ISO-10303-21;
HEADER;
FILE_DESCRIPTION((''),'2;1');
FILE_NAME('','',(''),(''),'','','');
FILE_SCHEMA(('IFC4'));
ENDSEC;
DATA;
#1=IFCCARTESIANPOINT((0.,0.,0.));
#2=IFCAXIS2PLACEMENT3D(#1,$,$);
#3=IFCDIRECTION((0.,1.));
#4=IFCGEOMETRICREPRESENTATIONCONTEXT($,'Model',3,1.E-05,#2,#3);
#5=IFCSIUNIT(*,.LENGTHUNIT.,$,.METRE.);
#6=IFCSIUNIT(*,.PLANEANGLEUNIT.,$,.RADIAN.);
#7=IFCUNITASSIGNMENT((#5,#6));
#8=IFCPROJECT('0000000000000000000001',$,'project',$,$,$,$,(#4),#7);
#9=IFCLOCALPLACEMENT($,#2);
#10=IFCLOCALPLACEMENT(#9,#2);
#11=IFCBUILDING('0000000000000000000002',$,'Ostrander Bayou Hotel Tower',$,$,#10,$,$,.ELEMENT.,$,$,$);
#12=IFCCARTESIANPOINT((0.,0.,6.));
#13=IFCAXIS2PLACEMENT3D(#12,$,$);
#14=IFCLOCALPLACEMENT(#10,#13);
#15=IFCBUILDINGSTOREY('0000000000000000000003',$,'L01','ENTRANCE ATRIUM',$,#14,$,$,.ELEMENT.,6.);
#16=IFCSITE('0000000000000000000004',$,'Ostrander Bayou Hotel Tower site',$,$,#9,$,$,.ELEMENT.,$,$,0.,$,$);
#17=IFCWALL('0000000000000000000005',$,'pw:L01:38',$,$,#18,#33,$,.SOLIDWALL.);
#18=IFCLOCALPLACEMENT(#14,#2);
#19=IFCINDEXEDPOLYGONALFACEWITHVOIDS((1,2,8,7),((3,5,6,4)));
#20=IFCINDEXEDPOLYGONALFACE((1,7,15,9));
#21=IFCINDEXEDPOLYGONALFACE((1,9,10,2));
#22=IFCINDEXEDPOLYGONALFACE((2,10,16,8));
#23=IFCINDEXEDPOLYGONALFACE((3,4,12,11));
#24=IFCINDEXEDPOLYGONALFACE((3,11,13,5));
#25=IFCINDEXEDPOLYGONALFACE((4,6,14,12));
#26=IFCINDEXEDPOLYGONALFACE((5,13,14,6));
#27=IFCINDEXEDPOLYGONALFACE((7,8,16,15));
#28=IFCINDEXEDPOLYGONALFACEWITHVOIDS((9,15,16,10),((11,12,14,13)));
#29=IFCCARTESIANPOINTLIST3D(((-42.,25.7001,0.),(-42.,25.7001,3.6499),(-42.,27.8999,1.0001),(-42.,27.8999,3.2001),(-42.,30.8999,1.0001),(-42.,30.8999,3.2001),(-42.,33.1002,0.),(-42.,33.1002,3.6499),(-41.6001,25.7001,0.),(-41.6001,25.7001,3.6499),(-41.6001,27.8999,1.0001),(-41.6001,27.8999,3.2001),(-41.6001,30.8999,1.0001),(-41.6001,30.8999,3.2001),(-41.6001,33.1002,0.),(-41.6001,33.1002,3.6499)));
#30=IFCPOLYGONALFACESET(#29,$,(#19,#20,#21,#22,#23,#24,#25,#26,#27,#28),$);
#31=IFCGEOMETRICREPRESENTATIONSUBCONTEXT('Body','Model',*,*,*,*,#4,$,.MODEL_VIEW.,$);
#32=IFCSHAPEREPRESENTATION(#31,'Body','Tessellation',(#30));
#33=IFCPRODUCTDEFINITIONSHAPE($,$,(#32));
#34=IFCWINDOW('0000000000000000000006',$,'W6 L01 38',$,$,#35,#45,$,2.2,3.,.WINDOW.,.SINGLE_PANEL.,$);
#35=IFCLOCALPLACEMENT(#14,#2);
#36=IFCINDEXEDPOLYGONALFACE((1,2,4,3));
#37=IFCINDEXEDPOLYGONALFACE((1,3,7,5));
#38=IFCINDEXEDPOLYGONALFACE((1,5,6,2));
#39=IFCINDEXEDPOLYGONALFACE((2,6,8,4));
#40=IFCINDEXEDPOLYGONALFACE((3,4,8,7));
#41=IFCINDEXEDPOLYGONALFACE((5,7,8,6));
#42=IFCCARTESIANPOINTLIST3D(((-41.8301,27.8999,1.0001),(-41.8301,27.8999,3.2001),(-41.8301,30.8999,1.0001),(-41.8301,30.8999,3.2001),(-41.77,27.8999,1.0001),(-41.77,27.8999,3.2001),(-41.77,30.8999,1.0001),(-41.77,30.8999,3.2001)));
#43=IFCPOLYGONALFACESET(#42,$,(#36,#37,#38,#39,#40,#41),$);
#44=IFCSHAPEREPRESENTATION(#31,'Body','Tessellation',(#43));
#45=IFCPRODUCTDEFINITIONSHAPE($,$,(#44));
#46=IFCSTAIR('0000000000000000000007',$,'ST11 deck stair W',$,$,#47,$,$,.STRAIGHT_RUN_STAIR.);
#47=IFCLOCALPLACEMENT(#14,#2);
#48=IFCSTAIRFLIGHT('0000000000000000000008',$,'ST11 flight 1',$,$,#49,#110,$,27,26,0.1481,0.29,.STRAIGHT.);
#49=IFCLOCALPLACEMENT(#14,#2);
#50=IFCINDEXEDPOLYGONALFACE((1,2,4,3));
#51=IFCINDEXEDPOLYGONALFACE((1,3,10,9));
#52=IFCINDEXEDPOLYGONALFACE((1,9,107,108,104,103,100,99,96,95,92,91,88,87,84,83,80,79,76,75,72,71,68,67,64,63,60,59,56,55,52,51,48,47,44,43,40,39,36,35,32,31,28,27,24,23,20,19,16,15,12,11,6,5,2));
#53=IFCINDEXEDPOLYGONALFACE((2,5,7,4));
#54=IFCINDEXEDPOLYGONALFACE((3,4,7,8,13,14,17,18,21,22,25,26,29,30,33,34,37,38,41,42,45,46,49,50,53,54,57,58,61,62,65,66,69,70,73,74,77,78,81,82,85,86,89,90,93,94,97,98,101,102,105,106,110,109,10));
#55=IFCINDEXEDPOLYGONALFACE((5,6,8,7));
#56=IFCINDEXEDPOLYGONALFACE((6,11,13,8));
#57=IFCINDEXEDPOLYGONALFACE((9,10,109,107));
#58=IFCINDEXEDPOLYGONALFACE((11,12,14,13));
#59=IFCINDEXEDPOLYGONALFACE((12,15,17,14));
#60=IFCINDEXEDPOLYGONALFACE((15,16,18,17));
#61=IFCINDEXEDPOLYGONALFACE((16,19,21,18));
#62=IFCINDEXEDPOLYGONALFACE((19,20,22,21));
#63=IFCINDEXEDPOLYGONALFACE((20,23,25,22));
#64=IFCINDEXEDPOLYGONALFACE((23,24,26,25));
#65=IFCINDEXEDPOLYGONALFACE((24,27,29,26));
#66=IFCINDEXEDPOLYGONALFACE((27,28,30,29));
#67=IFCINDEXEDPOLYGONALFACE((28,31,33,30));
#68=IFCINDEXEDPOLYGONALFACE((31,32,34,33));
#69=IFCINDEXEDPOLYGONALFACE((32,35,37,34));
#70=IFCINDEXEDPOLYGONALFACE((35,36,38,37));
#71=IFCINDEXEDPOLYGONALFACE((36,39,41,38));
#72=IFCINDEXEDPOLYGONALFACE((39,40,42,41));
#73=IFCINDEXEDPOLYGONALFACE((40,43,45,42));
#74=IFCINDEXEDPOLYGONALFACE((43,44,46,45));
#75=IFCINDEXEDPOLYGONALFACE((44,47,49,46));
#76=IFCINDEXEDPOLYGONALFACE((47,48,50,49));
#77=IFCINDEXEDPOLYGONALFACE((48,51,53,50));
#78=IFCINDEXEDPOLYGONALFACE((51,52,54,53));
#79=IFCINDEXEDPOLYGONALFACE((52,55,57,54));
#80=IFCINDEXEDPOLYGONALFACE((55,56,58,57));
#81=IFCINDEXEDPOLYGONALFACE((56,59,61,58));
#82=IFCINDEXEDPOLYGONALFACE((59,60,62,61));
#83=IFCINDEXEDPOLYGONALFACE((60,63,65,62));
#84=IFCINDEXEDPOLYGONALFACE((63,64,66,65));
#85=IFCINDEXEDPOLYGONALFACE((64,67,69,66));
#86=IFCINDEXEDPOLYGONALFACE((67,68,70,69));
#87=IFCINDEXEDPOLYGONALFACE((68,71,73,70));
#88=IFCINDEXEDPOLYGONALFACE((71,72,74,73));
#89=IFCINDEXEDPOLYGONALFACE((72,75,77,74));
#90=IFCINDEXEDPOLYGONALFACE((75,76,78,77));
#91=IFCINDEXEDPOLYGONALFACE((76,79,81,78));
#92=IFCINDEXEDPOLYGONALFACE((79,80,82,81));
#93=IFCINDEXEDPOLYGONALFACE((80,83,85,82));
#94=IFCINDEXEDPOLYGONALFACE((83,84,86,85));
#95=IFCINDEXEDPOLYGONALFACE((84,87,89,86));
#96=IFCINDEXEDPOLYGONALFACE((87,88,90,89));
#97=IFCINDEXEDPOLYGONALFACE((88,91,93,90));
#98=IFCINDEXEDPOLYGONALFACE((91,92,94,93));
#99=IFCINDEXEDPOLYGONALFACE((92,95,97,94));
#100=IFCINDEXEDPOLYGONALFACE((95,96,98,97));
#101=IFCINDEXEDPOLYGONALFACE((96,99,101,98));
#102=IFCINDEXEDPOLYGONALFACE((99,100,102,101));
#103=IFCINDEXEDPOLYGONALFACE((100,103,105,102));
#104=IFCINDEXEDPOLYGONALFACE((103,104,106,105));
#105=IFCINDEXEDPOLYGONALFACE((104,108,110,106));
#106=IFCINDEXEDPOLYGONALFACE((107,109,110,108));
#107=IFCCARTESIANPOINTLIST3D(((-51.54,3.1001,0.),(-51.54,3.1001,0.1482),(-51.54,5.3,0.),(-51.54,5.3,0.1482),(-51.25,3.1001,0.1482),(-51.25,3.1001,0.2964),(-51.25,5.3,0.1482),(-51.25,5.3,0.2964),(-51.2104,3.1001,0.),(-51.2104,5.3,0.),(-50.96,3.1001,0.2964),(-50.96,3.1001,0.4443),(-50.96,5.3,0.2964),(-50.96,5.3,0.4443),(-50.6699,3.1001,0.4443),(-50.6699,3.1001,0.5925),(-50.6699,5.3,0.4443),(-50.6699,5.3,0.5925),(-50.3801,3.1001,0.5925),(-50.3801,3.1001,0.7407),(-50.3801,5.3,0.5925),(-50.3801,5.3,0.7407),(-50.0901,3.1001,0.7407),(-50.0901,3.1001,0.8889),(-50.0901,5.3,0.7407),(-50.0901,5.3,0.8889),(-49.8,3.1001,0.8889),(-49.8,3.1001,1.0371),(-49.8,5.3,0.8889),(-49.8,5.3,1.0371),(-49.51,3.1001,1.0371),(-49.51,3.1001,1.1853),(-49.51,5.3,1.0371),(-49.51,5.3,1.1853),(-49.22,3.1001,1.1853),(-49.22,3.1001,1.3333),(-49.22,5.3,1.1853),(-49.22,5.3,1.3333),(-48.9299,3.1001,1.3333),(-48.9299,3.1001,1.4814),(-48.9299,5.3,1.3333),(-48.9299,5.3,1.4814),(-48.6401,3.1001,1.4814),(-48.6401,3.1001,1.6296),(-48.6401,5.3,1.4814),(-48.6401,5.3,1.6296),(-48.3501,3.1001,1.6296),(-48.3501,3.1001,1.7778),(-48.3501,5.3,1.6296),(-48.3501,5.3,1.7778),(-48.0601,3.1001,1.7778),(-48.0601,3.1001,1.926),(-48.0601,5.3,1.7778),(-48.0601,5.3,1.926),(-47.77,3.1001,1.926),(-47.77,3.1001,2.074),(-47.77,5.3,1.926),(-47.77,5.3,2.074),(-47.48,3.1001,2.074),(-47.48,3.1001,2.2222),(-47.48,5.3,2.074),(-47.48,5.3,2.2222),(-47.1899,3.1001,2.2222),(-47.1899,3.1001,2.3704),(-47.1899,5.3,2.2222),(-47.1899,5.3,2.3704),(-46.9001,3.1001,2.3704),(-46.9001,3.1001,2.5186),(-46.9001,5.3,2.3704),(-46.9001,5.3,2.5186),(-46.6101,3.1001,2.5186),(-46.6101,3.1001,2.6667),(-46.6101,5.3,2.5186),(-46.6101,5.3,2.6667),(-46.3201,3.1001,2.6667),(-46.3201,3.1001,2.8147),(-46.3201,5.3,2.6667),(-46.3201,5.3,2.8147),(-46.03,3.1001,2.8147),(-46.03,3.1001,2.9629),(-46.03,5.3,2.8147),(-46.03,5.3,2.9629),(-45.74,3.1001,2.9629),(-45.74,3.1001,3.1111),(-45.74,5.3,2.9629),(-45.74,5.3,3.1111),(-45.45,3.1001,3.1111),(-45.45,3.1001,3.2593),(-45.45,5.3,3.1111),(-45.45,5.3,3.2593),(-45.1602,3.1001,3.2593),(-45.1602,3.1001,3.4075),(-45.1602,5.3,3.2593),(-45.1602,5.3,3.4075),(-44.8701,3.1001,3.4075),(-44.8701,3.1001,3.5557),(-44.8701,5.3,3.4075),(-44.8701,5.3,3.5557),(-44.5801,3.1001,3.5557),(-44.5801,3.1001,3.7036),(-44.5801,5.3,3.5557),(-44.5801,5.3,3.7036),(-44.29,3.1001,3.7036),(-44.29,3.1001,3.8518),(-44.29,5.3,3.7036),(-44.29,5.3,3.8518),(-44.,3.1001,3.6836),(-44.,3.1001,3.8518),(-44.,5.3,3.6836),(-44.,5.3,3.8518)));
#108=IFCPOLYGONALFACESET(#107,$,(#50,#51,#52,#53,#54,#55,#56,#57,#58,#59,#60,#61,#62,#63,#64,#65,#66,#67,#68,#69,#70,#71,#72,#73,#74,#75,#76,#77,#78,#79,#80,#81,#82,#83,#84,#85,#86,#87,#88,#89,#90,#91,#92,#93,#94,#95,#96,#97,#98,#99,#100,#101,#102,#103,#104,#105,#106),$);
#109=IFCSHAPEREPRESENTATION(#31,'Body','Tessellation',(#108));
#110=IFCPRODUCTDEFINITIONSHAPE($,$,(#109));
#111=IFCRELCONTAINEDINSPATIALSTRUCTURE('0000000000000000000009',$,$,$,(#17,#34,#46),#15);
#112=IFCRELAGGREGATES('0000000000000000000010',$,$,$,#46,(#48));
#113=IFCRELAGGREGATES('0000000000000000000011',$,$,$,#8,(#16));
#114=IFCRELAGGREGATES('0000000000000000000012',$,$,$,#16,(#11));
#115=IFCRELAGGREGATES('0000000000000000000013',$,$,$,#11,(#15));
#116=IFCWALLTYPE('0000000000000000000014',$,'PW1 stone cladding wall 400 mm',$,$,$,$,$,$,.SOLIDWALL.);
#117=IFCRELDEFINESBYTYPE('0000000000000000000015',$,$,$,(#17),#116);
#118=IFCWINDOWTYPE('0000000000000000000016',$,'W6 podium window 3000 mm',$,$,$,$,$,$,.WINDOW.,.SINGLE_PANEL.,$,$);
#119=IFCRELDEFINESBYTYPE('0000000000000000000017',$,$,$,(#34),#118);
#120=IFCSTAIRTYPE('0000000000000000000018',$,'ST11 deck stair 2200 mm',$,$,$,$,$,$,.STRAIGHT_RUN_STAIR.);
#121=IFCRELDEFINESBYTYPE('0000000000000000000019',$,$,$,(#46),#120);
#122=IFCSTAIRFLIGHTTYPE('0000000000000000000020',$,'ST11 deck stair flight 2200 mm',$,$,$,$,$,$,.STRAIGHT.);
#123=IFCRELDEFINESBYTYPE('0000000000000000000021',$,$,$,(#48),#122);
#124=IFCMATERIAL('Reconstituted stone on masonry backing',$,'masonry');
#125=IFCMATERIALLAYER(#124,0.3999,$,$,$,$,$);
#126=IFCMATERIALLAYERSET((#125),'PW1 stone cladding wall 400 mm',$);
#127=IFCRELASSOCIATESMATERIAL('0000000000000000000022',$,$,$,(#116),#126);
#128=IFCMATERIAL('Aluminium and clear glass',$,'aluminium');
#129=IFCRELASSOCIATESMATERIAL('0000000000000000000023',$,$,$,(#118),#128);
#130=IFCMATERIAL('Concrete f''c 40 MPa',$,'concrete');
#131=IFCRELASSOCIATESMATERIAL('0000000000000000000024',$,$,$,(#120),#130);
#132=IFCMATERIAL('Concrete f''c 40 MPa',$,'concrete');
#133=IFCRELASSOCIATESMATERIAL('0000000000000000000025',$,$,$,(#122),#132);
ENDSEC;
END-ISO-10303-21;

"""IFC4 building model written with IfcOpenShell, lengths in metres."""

from ifc_helpers import new_model, si_unit, direction, frame, frame_2d, origin, place, context, subcontext, project, spatial, polyline, rectangle, outline, extrude, material, layer, layer_set, type_object, element, fill, aggregate, save


model = new_model("IFC4")

# Units and contexts
model_context = context("Model", 3, precision=1e-05, world=origin(), true_north=direction((0.0, 1.0)))
body_context = subcontext(model_context, "Body", "Model", "MODEL_VIEW")
ifc_project = project(units=[si_unit("LENGTHUNIT", "METRE"), si_unit("PLANEANGLEUNIT", "RADIAN")], contexts=[model_context])

# Site, building, storey
site_placement = place(None, origin())
site = spatial("IfcSite", under=ifc_project, at=site_placement, Name="Ostrander Bayou Hotel Tower site", CompositionType="ELEMENT", RefElevation=0.0)
building_placement = place(site_placement, origin())
building = spatial("IfcBuilding", under=site, at=building_placement, Name="Ostrander Bayou Hotel Tower", CompositionType="ELEMENT")
storey_placement = place(building_placement, frame((0.0, 0.0, 6.0)))
storey = spatial("IfcBuildingStorey", under=building, at=storey_placement, Name="L01", Description="ENTRANCE ATRIUM", CompositionType="ELEMENT", Elevation=6.0)

# Wall, opening, window
ifc_material_1 = material(Name="Reconstituted stone on masonry backing", Category="masonry")
ifc_layer_1 = layer(ifc_material_1, 0.3999)
ifc_layer_set_1 = layer_set([ifc_layer_1], Name="PW1 stone cladding wall 400 mm")
wall_type_1 = type_object("IfcWallType", Name="PW1 stone cladding wall 400 mm", PredefinedType="SOLIDWALL", material=ifc_layer_set_1)
ifc_material_2 = material(Name="Aluminium and clear glass", Category="aluminium")
window_type = type_object("IfcWindowType", Name="W6 podium window 3000 mm", PartitioningType="SINGLE_PANEL", PredefinedType="WINDOW", material=ifc_material_2)
wall_1_placement = place(storey_placement, frame((-41.8, 25.7, 0.0), z_axis=(0.0, 0.0, 1.0), x_axis=(0.0, 1.0, 0.0)))
wall_1 = element("IfcWall", 1, at=wall_1_placement, inside=storey, type_object=wall_type_1, Name="pw:L01:38", PredefinedType="SOLIDWALL", context=body_context, shape_type="SweptSolid", body=[
    extrude(rectangle(XDim=7.4001, YDim=0.3999, at=frame_2d((3.7002, 0.0))), origin(), (0.0, 0.0, 1.0), 3.6499),
])
opening_1_placement = place(wall_1_placement, frame((2.2, 0.0, 1.0)))
opening_1 = element("IfcOpeningElement", 2, at=opening_1_placement, cuts=wall_1, PredefinedType="OPENING", context=body_context, shape_type="SweptSolid", body=[
    extrude(rectangle(XDim=3.0, YDim=2.2, at=frame_2d((1.5, 1.1001))), frame((0.0, 0.2, 0.0), z_axis=(0.0, -1.0, 0.0), x_axis=(1.0, 0.0, 0.0)), (0.0, 0.0, 1.0), 0.3999),
])
window_1_placement = place(opening_1_placement, origin())
window_1 = element("IfcWindow", 3, at=window_1_placement, inside=storey, type_object=window_type, Name="W6 L01 38", OverallHeight=2.2, OverallWidth=3.0, PartitioningType="SINGLE_PANEL", PredefinedType="WINDOW", context=body_context, shape_type="SweptSolid", body=[
    extrude(rectangle(XDim=3.0, YDim=2.2, at=frame_2d((1.5, 1.1001))), frame((0.0, 0.03, 0.0), z_axis=(0.0, -1.0, 0.0), x_axis=(1.0, 0.0, 0.0)), (0.0, 0.0, 1.0), 0.0601),
])
fill(opening_1, window_1)

# Stair, stair flight
ifc_material_3 = material(Name="Concrete f'c 40 MPa", Category="concrete")
stair_type = type_object("IfcStairType", Name="ST11 deck stair 2200 mm", PredefinedType="STRAIGHT_RUN_STAIR", material=ifc_material_3)
stair_placement = place(storey_placement, origin())
stair = element("IfcStair", 4, at=stair_placement, inside=storey, type_object=stair_type, Name="ST11 deck stair W", PredefinedType="STRAIGHT_RUN_STAIR")
ifc_material_4 = material(Name="Concrete f'c 40 MPa", Category="concrete")
stair_flight_type = type_object("IfcStairFlightType", Name="ST11 deck stair flight 2200 mm", PredefinedType="STRAIGHT", material=ifc_material_4)
stair_flight_placement = place(storey_placement, frame((-51.54, 4.2, 0.0), z_axis=(0.0, 0.0, 1.0), x_axis=(1.0, 0.0, 0.0)))
stair_flight = element("IfcStairFlight", 5, at=stair_flight_placement, type_object=stair_flight_type, Name="ST11 flight 1", NumberOfRisers=27, NumberOfTreads=26, PredefinedType="STRAIGHT", RiserHeight=0.1481, TreadLength=0.29, context=body_context, shape_type="SweptSolid", body=[
    extrude(outline(polyline([(0.0, 0.0), (0.0, 0.1482), (0.29, 0.1482), (0.29, 0.2964), (0.5801, 0.2964), (0.5801, 0.4443), (0.8701, 0.4443), (0.8701, 0.5925), (1.1599, 0.5925), (1.1599, 0.7407), (1.45, 0.7407), (1.45, 0.8889), (1.74, 0.8889), (1.74, 1.0371), (2.03, 1.0371), (2.03, 1.1853), (2.3201, 1.1853), (2.3201, 1.3333), (2.6101, 1.3333), (2.6101, 1.4814), (2.8999, 1.4814), (2.8999, 1.6296), (3.1899, 1.6296), (3.1899, 1.7778), (3.48, 1.7778), (3.48, 1.926), (3.77, 1.926), (3.77, 2.074), (4.0601, 2.074), (4.0601, 2.2222), (4.3501, 2.2222), (4.3501, 2.3704), (4.6399, 2.3704), (4.6399, 2.5186), (4.9299, 2.5186), (4.9299, 2.6667), (5.22, 2.6667), (5.22, 2.8147), (5.51, 2.8147), (5.51, 2.9629), (5.8, 2.9629), (5.8, 3.1111), (6.0901, 3.1111), (6.0901, 3.2593), (6.3799, 3.2593), (6.3799, 3.4075), (6.6699, 3.4075), (6.6699, 3.5557), (6.96, 3.5557), (6.96, 3.7036), (7.25, 3.7036), (7.25, 3.8518), (7.54, 3.8518), (7.54, 4.0), (7.54, 3.6836), (0.3296, 0.0), (0.0, 0.0)])), frame((0.0, 1.1001, 0.0), z_axis=(0.0, -1.0, 0.0), x_axis=(1.0, 0.0, 0.0)), (0.0, 0.0, 1.0), 2.2),
])
aggregate(stair, [stair_flight])

save(model, "model.ifc")
